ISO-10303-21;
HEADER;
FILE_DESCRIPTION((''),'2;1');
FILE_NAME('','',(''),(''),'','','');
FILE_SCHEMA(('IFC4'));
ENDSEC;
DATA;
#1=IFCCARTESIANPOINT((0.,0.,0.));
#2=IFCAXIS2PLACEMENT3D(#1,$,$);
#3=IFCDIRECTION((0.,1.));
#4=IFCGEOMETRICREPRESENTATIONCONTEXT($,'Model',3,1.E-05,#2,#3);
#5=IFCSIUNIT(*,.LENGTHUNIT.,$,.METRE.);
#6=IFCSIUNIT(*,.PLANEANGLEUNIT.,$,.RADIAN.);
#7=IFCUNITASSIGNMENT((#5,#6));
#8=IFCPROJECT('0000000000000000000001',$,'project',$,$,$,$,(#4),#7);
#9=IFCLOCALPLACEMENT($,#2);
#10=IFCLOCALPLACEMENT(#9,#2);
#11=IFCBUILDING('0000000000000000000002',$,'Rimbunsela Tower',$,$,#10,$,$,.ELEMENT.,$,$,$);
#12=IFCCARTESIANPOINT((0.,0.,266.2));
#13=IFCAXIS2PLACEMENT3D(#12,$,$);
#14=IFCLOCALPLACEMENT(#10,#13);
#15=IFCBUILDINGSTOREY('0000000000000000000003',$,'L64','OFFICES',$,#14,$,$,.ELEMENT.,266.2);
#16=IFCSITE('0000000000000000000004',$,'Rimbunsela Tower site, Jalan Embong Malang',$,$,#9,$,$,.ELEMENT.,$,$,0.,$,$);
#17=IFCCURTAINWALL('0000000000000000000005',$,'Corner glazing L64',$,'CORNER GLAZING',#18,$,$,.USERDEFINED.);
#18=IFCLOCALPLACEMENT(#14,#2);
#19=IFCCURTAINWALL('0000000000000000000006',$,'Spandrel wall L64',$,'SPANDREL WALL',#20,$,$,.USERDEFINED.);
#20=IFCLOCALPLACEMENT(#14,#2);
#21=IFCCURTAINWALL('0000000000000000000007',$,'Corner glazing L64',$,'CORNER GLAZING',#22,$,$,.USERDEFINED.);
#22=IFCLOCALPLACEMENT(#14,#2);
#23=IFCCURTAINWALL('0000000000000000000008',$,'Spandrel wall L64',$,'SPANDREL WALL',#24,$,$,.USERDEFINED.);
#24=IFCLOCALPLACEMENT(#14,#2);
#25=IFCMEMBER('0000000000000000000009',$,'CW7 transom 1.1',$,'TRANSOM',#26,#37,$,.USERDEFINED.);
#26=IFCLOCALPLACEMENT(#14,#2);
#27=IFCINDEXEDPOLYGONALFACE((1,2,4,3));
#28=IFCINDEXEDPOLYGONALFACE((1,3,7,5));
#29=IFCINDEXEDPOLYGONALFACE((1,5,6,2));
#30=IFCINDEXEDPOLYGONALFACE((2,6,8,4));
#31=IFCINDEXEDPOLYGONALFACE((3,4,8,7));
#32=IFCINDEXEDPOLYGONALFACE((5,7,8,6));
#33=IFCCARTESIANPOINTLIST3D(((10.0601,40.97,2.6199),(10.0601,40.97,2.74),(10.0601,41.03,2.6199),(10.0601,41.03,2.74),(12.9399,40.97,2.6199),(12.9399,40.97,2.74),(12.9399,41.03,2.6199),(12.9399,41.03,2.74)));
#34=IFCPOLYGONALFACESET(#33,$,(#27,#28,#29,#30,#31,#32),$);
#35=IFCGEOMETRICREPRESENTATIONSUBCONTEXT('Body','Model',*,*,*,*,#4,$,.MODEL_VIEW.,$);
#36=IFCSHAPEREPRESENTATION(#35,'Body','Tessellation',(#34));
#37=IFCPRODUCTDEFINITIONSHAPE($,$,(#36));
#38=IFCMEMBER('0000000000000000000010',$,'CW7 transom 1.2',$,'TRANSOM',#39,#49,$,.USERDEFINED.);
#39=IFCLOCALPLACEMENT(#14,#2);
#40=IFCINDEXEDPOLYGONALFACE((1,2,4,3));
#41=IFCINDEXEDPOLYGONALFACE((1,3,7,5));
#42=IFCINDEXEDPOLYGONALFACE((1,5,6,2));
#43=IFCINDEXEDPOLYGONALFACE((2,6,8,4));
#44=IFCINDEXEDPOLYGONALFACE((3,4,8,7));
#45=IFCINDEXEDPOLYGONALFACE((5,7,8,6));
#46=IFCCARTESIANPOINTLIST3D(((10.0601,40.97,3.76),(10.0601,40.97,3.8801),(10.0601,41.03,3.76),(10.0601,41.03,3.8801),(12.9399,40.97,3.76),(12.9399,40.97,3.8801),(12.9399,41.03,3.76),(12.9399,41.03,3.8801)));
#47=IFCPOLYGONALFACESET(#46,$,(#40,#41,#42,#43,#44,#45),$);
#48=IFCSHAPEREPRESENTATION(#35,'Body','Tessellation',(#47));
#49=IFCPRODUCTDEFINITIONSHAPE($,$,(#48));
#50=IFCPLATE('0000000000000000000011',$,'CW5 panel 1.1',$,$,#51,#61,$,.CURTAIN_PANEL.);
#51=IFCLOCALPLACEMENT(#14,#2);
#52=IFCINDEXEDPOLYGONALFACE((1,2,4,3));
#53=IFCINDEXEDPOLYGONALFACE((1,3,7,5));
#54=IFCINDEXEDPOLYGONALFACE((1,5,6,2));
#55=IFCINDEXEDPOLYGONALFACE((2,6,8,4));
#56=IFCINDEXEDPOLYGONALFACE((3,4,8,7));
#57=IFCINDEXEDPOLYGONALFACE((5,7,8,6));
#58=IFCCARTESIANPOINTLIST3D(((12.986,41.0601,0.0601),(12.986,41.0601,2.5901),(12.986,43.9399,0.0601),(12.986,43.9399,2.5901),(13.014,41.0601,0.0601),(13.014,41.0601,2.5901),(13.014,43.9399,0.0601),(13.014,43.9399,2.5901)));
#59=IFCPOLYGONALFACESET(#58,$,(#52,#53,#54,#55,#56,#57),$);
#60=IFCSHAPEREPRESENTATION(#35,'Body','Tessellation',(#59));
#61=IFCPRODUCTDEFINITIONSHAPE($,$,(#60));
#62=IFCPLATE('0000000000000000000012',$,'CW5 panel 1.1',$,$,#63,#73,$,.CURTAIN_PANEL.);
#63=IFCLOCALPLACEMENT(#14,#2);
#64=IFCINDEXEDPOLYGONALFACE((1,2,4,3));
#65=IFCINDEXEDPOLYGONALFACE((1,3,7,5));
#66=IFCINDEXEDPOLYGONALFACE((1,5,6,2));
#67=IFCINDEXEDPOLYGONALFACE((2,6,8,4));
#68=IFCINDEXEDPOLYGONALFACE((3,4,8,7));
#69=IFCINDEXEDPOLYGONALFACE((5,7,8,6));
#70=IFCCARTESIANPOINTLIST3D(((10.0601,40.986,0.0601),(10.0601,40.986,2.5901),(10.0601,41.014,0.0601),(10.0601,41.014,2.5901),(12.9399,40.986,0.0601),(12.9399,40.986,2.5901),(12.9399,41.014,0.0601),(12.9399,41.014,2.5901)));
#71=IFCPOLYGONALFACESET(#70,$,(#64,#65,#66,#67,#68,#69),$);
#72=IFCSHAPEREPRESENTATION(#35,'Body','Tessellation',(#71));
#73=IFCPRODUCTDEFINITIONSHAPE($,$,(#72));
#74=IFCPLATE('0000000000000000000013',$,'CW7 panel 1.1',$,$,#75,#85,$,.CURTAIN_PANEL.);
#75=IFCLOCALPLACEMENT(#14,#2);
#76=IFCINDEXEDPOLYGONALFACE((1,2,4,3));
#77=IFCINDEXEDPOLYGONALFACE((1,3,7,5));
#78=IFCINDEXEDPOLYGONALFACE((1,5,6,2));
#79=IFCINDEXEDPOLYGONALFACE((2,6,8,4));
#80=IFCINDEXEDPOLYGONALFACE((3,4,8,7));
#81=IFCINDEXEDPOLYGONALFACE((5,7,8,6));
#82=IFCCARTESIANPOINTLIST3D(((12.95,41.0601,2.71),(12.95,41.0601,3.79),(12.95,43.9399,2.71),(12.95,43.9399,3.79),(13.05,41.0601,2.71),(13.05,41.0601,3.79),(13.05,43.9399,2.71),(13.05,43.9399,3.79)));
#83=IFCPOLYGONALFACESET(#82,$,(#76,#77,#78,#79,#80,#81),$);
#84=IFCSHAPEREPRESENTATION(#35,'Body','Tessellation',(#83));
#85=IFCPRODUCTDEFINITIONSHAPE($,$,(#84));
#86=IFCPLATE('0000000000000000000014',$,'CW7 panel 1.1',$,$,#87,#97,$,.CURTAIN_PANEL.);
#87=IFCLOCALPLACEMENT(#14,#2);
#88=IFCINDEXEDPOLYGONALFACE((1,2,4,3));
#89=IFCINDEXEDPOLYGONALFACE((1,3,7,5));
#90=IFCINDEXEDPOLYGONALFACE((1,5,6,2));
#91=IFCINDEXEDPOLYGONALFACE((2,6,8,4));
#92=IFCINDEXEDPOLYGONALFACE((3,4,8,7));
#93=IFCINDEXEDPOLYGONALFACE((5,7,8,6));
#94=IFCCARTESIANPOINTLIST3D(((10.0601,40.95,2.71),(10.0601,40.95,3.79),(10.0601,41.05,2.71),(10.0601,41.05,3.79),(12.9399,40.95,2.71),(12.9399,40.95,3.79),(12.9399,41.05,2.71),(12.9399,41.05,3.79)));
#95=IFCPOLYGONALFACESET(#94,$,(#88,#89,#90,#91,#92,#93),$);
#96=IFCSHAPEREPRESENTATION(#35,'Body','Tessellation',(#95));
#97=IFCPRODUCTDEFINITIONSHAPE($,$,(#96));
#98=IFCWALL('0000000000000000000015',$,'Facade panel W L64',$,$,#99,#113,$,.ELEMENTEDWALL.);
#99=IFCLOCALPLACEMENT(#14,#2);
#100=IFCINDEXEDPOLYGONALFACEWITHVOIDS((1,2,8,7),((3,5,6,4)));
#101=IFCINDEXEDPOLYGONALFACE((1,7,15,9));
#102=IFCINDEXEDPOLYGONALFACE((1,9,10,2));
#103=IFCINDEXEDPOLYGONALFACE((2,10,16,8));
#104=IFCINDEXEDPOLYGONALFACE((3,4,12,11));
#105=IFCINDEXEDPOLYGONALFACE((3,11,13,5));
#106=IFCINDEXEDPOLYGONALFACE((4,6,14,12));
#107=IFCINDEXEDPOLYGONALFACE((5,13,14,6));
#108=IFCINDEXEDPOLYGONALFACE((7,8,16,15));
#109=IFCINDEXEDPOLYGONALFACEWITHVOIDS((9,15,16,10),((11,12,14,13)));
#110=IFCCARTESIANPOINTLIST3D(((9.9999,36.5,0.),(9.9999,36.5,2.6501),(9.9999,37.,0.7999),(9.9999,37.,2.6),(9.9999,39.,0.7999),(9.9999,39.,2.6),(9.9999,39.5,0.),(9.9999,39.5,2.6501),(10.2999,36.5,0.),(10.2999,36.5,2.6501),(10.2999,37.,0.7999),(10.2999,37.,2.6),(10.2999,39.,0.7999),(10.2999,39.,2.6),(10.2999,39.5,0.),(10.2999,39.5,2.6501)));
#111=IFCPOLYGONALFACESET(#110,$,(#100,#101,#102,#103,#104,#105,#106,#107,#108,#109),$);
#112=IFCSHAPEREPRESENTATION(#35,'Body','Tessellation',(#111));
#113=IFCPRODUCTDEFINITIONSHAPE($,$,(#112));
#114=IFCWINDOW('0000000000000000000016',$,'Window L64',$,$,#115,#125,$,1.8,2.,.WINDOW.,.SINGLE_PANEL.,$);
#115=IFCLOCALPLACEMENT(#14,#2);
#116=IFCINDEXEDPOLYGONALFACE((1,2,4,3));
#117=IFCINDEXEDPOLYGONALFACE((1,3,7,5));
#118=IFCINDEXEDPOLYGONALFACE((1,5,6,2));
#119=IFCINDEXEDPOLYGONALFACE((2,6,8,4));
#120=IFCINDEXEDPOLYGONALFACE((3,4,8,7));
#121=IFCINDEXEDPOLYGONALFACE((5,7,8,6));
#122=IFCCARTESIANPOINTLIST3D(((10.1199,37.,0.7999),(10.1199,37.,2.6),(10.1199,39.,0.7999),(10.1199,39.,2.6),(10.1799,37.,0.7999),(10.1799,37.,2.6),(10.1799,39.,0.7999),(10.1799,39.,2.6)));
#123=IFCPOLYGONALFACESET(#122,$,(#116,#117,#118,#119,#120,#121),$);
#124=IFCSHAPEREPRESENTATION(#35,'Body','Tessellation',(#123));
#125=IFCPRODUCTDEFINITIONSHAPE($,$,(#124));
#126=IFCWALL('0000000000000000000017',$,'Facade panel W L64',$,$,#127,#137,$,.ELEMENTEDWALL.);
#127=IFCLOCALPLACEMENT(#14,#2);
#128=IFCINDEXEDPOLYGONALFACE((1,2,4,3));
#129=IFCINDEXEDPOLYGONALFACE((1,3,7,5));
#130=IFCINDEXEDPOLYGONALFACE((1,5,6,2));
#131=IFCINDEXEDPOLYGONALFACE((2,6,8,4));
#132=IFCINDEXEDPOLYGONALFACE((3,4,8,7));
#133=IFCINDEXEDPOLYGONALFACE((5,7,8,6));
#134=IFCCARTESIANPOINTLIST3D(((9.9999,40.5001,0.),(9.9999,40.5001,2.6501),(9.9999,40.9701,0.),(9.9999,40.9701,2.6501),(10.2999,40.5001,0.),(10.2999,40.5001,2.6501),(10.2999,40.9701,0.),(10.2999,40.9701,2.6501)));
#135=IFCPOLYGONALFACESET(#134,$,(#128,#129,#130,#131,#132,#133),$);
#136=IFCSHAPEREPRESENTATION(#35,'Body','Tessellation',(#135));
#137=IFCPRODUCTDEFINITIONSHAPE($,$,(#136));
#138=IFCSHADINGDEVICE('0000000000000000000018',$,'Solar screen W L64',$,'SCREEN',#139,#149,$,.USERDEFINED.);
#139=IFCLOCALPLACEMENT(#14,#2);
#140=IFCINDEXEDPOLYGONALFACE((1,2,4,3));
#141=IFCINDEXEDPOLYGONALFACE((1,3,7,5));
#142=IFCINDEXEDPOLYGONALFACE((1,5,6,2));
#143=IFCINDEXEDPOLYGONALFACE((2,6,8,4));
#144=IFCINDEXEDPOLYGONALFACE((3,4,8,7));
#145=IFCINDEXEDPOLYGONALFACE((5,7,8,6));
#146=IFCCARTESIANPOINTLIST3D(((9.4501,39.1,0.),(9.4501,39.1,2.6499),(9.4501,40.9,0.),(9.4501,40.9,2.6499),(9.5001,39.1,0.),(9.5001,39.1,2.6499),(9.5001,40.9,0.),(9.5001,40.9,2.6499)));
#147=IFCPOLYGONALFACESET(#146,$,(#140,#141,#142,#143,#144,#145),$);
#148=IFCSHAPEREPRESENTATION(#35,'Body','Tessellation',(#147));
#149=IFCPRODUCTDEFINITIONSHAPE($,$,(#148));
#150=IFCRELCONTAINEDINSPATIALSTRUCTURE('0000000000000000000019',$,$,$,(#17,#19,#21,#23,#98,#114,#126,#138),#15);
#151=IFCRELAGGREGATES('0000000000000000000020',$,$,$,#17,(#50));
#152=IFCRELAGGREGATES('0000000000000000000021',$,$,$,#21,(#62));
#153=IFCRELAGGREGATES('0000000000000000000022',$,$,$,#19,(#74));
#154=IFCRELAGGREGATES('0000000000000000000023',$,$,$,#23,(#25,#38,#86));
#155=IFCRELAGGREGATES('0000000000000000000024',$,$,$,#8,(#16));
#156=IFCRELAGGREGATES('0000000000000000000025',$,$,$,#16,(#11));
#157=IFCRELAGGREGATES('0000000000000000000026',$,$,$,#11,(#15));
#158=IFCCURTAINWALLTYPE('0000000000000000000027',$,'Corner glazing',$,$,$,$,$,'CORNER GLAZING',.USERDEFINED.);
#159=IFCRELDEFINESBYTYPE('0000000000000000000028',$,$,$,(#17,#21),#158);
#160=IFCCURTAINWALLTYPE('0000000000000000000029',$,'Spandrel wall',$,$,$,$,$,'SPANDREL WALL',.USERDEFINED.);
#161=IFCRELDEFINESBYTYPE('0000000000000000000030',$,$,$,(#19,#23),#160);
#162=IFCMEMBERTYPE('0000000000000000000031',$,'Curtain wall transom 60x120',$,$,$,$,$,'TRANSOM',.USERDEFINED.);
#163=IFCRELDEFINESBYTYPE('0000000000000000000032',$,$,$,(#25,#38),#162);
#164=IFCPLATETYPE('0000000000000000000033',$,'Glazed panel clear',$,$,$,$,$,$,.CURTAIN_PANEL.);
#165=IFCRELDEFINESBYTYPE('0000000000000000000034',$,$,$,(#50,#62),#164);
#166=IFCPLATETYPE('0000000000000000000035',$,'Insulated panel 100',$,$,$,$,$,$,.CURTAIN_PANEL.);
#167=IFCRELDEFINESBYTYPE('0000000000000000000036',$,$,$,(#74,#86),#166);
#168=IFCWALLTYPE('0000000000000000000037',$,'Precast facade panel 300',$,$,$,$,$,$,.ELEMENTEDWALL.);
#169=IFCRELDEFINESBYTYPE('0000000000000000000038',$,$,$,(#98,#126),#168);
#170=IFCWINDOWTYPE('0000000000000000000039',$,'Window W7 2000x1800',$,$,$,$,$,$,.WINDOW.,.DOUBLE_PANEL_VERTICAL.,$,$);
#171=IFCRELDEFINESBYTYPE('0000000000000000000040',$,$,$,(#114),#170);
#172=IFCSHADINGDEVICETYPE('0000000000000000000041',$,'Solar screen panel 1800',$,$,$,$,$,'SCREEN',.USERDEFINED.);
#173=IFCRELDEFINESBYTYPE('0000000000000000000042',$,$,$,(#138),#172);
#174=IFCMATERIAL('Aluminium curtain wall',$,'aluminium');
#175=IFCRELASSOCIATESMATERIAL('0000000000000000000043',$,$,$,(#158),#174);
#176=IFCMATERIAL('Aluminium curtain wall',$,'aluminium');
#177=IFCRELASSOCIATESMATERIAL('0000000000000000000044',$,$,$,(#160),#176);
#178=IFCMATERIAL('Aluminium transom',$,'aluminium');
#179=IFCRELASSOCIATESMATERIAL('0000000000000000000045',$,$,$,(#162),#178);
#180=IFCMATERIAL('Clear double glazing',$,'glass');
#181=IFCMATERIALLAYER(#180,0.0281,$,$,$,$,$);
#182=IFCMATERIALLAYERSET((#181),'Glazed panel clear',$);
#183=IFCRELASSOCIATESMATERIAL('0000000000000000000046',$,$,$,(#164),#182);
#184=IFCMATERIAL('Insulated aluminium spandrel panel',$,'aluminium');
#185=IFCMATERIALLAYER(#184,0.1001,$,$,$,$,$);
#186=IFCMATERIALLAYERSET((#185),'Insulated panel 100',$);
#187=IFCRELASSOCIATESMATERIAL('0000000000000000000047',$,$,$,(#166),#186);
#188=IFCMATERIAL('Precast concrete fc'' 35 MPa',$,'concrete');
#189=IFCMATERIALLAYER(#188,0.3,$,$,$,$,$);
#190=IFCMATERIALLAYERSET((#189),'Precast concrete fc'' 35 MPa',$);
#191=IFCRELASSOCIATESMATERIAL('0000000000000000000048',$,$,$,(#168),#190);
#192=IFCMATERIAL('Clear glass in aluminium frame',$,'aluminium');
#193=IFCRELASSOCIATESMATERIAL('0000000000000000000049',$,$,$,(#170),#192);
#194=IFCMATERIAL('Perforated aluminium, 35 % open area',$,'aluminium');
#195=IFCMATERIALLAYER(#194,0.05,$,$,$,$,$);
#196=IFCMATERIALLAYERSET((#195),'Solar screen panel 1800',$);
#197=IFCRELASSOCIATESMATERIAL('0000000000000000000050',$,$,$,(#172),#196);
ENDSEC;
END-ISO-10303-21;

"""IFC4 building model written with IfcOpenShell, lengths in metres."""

from ifc_helpers import new_model, si_unit, direction, frame, frame_2d, origin, origin_2d, place, context, subcontext, project, spatial, rectangle, extrude, material, layer, layer_set, material_profile, profile_set, type_object, element, fill, aggregate, save


model = new_model("IFC4")

# Units and contexts
model_context = context("Model", 3, precision=1e-05, world=origin(), true_north=direction((0.0, 1.0)))
body_context = subcontext(model_context, "Body", "Model", "MODEL_VIEW")
ifc_project = project(units=[si_unit("LENGTHUNIT", "METRE"), si_unit("PLANEANGLEUNIT", "RADIAN")], contexts=[model_context])

# Site, building, storey
site_placement = place(None, origin())
site = spatial("IfcSite", under=ifc_project, at=site_placement, Name="Rimbunsela Tower site, Jalan Embong Malang", CompositionType="ELEMENT", RefElevation=0.0)
building_placement = place(site_placement, origin())
building = spatial("IfcBuilding", under=site, at=building_placement, Name="Rimbunsela Tower", CompositionType="ELEMENT")
storey_placement = place(building_placement, frame((0.0, 0.0, 266.2)))
storey = spatial("IfcBuildingStorey", under=building, at=storey_placement, Name="L64", Description="OFFICES", CompositionType="ELEMENT", Elevation=266.2)

# Curtain walls
ifc_material_1 = material(Name="Aluminium curtain wall", Category="aluminium")
curtain_wall_type_1 = type_object("IfcCurtainWallType", Name="Corner glazing", ElementType="CORNER GLAZING", PredefinedType="USERDEFINED", material=ifc_material_1)
curtain_wall_1_placement = place(storey_placement, origin())
curtain_wall_1 = element("IfcCurtainWall", 1, at=curtain_wall_1_placement, inside=storey, type_object=curtain_wall_type_1, Name="Corner glazing L64", ObjectType="CORNER GLAZING", PredefinedType="USERDEFINED")
ifc_material_2 = material(Name="Aluminium curtain wall", Category="aluminium")
curtain_wall_type_2 = type_object("IfcCurtainWallType", Name="Spandrel wall", ElementType="SPANDREL WALL", PredefinedType="USERDEFINED", material=ifc_material_2)
curtain_wall_2_placement = place(storey_placement, origin())
curtain_wall_2 = element("IfcCurtainWall", 2, at=curtain_wall_2_placement, inside=storey, type_object=curtain_wall_type_2, Name="Spandrel wall L64", ObjectType="SPANDREL WALL", PredefinedType="USERDEFINED")

# Curtain walls
curtain_wall_3_placement = place(storey_placement, origin())
curtain_wall_3 = element("IfcCurtainWall", 3, at=curtain_wall_3_placement, inside=storey, type_object=curtain_wall_type_1, Name="Corner glazing L64", ObjectType="CORNER GLAZING", PredefinedType="USERDEFINED")
curtain_wall_4_placement = place(storey_placement, origin())
curtain_wall_4 = element("IfcCurtainWall", 4, at=curtain_wall_4_placement, inside=storey, type_object=curtain_wall_type_2, Name="Spandrel wall L64", ObjectType="SPANDREL WALL", PredefinedType="USERDEFINED")

# Members
ifc_material_3 = material(Name="Aluminium transom", Category="aluminium")
ifc_material_profile_1 = material_profile(ifc_material_3, rectangle(XDim=0.0601, YDim=0.1201, at=origin_2d()), Name="Transom 60x120")
ifc_profile_set_1 = profile_set([ifc_material_profile_1], Name="Aluminium transom")
member_type_1 = type_object("IfcMemberType", Name="Curtain wall transom 60x120", ElementType="TRANSOM", PredefinedType="USERDEFINED", material=ifc_profile_set_1)
member_1_placement = place(storey_placement, frame((12.9399, 41.0, 2.6799), z_axis=(-1.0, 0.0, 0.0), x_axis=(0.0, -1.0, 0.0)))
member_1 = element("IfcMember", 5, at=member_1_placement, type_object=member_type_1, Name="CW7 transom 1.1", ObjectType="TRANSOM", PredefinedType="USERDEFINED", context=body_context, shape_type="SweptSolid", body=[
    extrude(rectangle(XDim=0.0601, YDim=0.1201, at=origin_2d()), origin(), (0.0, 0.0, 1.0), 2.8799),
])
member_2_placement = place(storey_placement, frame((12.9399, 41.0, 3.8201), z_axis=(-1.0, 0.0, 0.0), x_axis=(0.0, -1.0, 0.0)))
member_2 = element("IfcMember", 6, at=member_2_placement, type_object=member_type_1, Name="CW7 transom 1.2", ObjectType="TRANSOM", PredefinedType="USERDEFINED", context=body_context, shape_type="SweptSolid", body=[
    extrude(rectangle(XDim=0.0601, YDim=0.1201, at=origin_2d()), origin(), (0.0, 0.0, 1.0), 2.8799),
])

# Plates
ifc_material_4 = material(Name="Clear double glazing", Category="glass")
ifc_layer_1 = layer(ifc_material_4, 0.0281)
ifc_layer_set_1 = layer_set([ifc_layer_1], Name="Glazed panel clear")
plate_type_1 = type_object("IfcPlateType", Name="Glazed panel clear", PredefinedType="CURTAIN_PANEL", material=ifc_layer_set_1)
plate_1_placement = place(storey_placement, frame((13.0, 42.5, 0.0601), z_axis=(0.0, 0.0, 1.0), x_axis=(0.0, -1.0, 0.0)))
plate_1 = element("IfcPlate", 7, at=plate_1_placement, type_object=plate_type_1, Name="CW5 panel 1.1", PredefinedType="CURTAIN_PANEL", context=body_context, shape_type="SweptSolid", body=[
    extrude(rectangle(XDim=2.8799, YDim=0.0281, at=origin_2d()), origin(), (0.0, 0.0, 1.0), 2.53),
])
aggregate(curtain_wall_1, [plate_1])
plate_2_placement = place(storey_placement, frame((11.5, 41.0, 0.0601), z_axis=(0.0, 0.0, 1.0), x_axis=(-1.0, 0.0, 0.0)))
plate_2 = element("IfcPlate", 8, at=plate_2_placement, type_object=plate_type_1, Name="CW5 panel 1.1", PredefinedType="CURTAIN_PANEL", context=body_context, shape_type="SweptSolid", body=[
    extrude(rectangle(XDim=2.8799, YDim=0.0281, at=origin_2d()), origin(), (0.0, 0.0, 1.0), 2.53),
])
aggregate(curtain_wall_3, [plate_2])
ifc_material_5 = material(Name="Insulated aluminium spandrel panel", Category="aluminium")
ifc_layer_2 = layer(ifc_material_5, 0.1001)
ifc_layer_set_2 = layer_set([ifc_layer_2], Name="Insulated panel 100")
plate_type_2 = type_object("IfcPlateType", Name="Insulated panel 100", PredefinedType="CURTAIN_PANEL", material=ifc_layer_set_2)
plate_3_placement = place(storey_placement, frame((13.0, 42.5, 2.71), z_axis=(0.0, 0.0, 1.0), x_axis=(0.0, -1.0, 0.0)))
plate_3 = element("IfcPlate", 9, at=plate_3_placement, type_object=plate_type_2, Name="CW7 panel 1.1", PredefinedType="CURTAIN_PANEL", context=body_context, shape_type="SweptSolid", body=[
    extrude(rectangle(XDim=2.8799, YDim=0.1001, at=origin_2d()), origin(), (0.0, 0.0, 1.0), 1.0801),
])
aggregate(curtain_wall_2, [plate_3])
plate_4_placement = place(storey_placement, frame((11.5, 41.0, 2.71), z_axis=(0.0, 0.0, 1.0), x_axis=(-1.0, 0.0, 0.0)))
plate_4 = element("IfcPlate", 10, at=plate_4_placement, type_object=plate_type_2, Name="CW7 panel 1.1", PredefinedType="CURTAIN_PANEL", context=body_context, shape_type="SweptSolid", body=[
    extrude(rectangle(XDim=2.8799, YDim=0.1001, at=origin_2d()), origin(), (0.0, 0.0, 1.0), 1.0801),
])
aggregate(curtain_wall_4, [member_1, member_2, plate_4])

# Wall, opening, window
ifc_material_6 = material(Name="Precast concrete fc' 35 MPa", Category="concrete")
ifc_layer_3 = layer(ifc_material_6, 0.3)
ifc_layer_set_3 = layer_set([ifc_layer_3], Name="Precast concrete fc' 35 MPa")
wall_type = type_object("IfcWallType", Name="Precast facade panel 300", PredefinedType="ELEMENTEDWALL", material=ifc_layer_set_3)
wall_1_placement = place(storey_placement, frame((10.1499, 39.5, 0.0), z_axis=(0.0, 0.0, 1.0), x_axis=(0.0, -1.0, 0.0)))
wall_1 = element("IfcWall", 11, at=wall_1_placement, inside=storey, type_object=wall_type, Name="Facade panel W L64", PredefinedType="ELEMENTEDWALL", context=body_context, shape_type="SweptSolid", body=[
    extrude(rectangle(XDim=3.0, YDim=0.3, at=frame_2d((1.5, 0.0))), origin(), (0.0, 0.0, 1.0), 2.6501),
])
opening_placement = place(wall_1_placement, frame((0.5, 0.0, 0.8)))
opening = element("IfcOpeningElement", 12, at=opening_placement, cuts=wall_1, PredefinedType="OPENING", context=body_context, shape_type="SweptSolid", body=[
    extrude(rectangle(XDim=2.0, YDim=1.8, at=frame_2d((1.0, 0.8999))), frame((0.0, 0.1599, 0.0), z_axis=(0.0, -1.0, 0.0), x_axis=(1.0, 0.0, 0.0)), (0.0, 0.0, 1.0), 0.3201),
])
ifc_material_7 = material(Name="Clear glass in aluminium frame", Category="aluminium")
window_type = type_object("IfcWindowType", Name="Window W7 2000x1800", PartitioningType="DOUBLE_PANEL_VERTICAL", PredefinedType="WINDOW", material=ifc_material_7)
window_placement = place(opening_placement, origin())
window = element("IfcWindow", 13, at=window_placement, inside=storey, type_object=window_type, Name="Window L64", OverallHeight=1.8, OverallWidth=2.0, PartitioningType="SINGLE_PANEL", PredefinedType="WINDOW", context=body_context, shape_type="SweptSolid", body=[
    extrude(rectangle(XDim=2.0, YDim=1.8, at=frame_2d((1.0, 0.8999))), frame((0.0, 0.03, 0.0), z_axis=(0.0, -1.0, 0.0), x_axis=(1.0, 0.0, 0.0)), (0.0, 0.0, 1.0), 0.0601),
])
fill(opening, window)

# Wall
wall_2_placement = place(storey_placement, frame((10.1499, 40.97, 0.0), z_axis=(0.0, 0.0, 1.0), x_axis=(0.0, -1.0, 0.0)))
element("IfcWall", 14, at=wall_2_placement, inside=storey, type_object=wall_type, Name="Facade panel W L64", PredefinedType="ELEMENTEDWALL", context=body_context, shape_type="SweptSolid", body=[
    extrude(rectangle(XDim=0.47, YDim=0.3, at=frame_2d((0.2349, 0.0))), origin(), (0.0, 0.0, 1.0), 2.6501),
])

# Shading device
ifc_material_8 = material(Name="Perforated aluminium, 35 % open area", Category="aluminium")
ifc_layer_4 = layer(ifc_material_8, 0.05)
ifc_layer_set_4 = layer_set([ifc_layer_4], Name="Solar screen panel 1800")
shading_device_type = type_object("IfcShadingDeviceType", Name="Solar screen panel 1800", ElementType="SCREEN", PredefinedType="USERDEFINED", material=ifc_layer_set_4)
shading_device_placement = place(storey_placement, frame((9.4751, 40.0, 0.0), z_axis=(0.0, 0.0, 1.0), x_axis=(0.0, 1.0, 0.0)))
element("IfcShadingDevice", 15, at=shading_device_placement, inside=storey, type_object=shading_device_type, Name="Solar screen W L64", ObjectType="SCREEN", PredefinedType="USERDEFINED", context=body_context, shape_type="SweptSolid", body=[
    extrude(rectangle(XDim=1.8, YDim=0.05, at=origin_2d()), origin(), (0.0, 0.0, 1.0), 2.6499),
])

save(model, "model.ifc")
